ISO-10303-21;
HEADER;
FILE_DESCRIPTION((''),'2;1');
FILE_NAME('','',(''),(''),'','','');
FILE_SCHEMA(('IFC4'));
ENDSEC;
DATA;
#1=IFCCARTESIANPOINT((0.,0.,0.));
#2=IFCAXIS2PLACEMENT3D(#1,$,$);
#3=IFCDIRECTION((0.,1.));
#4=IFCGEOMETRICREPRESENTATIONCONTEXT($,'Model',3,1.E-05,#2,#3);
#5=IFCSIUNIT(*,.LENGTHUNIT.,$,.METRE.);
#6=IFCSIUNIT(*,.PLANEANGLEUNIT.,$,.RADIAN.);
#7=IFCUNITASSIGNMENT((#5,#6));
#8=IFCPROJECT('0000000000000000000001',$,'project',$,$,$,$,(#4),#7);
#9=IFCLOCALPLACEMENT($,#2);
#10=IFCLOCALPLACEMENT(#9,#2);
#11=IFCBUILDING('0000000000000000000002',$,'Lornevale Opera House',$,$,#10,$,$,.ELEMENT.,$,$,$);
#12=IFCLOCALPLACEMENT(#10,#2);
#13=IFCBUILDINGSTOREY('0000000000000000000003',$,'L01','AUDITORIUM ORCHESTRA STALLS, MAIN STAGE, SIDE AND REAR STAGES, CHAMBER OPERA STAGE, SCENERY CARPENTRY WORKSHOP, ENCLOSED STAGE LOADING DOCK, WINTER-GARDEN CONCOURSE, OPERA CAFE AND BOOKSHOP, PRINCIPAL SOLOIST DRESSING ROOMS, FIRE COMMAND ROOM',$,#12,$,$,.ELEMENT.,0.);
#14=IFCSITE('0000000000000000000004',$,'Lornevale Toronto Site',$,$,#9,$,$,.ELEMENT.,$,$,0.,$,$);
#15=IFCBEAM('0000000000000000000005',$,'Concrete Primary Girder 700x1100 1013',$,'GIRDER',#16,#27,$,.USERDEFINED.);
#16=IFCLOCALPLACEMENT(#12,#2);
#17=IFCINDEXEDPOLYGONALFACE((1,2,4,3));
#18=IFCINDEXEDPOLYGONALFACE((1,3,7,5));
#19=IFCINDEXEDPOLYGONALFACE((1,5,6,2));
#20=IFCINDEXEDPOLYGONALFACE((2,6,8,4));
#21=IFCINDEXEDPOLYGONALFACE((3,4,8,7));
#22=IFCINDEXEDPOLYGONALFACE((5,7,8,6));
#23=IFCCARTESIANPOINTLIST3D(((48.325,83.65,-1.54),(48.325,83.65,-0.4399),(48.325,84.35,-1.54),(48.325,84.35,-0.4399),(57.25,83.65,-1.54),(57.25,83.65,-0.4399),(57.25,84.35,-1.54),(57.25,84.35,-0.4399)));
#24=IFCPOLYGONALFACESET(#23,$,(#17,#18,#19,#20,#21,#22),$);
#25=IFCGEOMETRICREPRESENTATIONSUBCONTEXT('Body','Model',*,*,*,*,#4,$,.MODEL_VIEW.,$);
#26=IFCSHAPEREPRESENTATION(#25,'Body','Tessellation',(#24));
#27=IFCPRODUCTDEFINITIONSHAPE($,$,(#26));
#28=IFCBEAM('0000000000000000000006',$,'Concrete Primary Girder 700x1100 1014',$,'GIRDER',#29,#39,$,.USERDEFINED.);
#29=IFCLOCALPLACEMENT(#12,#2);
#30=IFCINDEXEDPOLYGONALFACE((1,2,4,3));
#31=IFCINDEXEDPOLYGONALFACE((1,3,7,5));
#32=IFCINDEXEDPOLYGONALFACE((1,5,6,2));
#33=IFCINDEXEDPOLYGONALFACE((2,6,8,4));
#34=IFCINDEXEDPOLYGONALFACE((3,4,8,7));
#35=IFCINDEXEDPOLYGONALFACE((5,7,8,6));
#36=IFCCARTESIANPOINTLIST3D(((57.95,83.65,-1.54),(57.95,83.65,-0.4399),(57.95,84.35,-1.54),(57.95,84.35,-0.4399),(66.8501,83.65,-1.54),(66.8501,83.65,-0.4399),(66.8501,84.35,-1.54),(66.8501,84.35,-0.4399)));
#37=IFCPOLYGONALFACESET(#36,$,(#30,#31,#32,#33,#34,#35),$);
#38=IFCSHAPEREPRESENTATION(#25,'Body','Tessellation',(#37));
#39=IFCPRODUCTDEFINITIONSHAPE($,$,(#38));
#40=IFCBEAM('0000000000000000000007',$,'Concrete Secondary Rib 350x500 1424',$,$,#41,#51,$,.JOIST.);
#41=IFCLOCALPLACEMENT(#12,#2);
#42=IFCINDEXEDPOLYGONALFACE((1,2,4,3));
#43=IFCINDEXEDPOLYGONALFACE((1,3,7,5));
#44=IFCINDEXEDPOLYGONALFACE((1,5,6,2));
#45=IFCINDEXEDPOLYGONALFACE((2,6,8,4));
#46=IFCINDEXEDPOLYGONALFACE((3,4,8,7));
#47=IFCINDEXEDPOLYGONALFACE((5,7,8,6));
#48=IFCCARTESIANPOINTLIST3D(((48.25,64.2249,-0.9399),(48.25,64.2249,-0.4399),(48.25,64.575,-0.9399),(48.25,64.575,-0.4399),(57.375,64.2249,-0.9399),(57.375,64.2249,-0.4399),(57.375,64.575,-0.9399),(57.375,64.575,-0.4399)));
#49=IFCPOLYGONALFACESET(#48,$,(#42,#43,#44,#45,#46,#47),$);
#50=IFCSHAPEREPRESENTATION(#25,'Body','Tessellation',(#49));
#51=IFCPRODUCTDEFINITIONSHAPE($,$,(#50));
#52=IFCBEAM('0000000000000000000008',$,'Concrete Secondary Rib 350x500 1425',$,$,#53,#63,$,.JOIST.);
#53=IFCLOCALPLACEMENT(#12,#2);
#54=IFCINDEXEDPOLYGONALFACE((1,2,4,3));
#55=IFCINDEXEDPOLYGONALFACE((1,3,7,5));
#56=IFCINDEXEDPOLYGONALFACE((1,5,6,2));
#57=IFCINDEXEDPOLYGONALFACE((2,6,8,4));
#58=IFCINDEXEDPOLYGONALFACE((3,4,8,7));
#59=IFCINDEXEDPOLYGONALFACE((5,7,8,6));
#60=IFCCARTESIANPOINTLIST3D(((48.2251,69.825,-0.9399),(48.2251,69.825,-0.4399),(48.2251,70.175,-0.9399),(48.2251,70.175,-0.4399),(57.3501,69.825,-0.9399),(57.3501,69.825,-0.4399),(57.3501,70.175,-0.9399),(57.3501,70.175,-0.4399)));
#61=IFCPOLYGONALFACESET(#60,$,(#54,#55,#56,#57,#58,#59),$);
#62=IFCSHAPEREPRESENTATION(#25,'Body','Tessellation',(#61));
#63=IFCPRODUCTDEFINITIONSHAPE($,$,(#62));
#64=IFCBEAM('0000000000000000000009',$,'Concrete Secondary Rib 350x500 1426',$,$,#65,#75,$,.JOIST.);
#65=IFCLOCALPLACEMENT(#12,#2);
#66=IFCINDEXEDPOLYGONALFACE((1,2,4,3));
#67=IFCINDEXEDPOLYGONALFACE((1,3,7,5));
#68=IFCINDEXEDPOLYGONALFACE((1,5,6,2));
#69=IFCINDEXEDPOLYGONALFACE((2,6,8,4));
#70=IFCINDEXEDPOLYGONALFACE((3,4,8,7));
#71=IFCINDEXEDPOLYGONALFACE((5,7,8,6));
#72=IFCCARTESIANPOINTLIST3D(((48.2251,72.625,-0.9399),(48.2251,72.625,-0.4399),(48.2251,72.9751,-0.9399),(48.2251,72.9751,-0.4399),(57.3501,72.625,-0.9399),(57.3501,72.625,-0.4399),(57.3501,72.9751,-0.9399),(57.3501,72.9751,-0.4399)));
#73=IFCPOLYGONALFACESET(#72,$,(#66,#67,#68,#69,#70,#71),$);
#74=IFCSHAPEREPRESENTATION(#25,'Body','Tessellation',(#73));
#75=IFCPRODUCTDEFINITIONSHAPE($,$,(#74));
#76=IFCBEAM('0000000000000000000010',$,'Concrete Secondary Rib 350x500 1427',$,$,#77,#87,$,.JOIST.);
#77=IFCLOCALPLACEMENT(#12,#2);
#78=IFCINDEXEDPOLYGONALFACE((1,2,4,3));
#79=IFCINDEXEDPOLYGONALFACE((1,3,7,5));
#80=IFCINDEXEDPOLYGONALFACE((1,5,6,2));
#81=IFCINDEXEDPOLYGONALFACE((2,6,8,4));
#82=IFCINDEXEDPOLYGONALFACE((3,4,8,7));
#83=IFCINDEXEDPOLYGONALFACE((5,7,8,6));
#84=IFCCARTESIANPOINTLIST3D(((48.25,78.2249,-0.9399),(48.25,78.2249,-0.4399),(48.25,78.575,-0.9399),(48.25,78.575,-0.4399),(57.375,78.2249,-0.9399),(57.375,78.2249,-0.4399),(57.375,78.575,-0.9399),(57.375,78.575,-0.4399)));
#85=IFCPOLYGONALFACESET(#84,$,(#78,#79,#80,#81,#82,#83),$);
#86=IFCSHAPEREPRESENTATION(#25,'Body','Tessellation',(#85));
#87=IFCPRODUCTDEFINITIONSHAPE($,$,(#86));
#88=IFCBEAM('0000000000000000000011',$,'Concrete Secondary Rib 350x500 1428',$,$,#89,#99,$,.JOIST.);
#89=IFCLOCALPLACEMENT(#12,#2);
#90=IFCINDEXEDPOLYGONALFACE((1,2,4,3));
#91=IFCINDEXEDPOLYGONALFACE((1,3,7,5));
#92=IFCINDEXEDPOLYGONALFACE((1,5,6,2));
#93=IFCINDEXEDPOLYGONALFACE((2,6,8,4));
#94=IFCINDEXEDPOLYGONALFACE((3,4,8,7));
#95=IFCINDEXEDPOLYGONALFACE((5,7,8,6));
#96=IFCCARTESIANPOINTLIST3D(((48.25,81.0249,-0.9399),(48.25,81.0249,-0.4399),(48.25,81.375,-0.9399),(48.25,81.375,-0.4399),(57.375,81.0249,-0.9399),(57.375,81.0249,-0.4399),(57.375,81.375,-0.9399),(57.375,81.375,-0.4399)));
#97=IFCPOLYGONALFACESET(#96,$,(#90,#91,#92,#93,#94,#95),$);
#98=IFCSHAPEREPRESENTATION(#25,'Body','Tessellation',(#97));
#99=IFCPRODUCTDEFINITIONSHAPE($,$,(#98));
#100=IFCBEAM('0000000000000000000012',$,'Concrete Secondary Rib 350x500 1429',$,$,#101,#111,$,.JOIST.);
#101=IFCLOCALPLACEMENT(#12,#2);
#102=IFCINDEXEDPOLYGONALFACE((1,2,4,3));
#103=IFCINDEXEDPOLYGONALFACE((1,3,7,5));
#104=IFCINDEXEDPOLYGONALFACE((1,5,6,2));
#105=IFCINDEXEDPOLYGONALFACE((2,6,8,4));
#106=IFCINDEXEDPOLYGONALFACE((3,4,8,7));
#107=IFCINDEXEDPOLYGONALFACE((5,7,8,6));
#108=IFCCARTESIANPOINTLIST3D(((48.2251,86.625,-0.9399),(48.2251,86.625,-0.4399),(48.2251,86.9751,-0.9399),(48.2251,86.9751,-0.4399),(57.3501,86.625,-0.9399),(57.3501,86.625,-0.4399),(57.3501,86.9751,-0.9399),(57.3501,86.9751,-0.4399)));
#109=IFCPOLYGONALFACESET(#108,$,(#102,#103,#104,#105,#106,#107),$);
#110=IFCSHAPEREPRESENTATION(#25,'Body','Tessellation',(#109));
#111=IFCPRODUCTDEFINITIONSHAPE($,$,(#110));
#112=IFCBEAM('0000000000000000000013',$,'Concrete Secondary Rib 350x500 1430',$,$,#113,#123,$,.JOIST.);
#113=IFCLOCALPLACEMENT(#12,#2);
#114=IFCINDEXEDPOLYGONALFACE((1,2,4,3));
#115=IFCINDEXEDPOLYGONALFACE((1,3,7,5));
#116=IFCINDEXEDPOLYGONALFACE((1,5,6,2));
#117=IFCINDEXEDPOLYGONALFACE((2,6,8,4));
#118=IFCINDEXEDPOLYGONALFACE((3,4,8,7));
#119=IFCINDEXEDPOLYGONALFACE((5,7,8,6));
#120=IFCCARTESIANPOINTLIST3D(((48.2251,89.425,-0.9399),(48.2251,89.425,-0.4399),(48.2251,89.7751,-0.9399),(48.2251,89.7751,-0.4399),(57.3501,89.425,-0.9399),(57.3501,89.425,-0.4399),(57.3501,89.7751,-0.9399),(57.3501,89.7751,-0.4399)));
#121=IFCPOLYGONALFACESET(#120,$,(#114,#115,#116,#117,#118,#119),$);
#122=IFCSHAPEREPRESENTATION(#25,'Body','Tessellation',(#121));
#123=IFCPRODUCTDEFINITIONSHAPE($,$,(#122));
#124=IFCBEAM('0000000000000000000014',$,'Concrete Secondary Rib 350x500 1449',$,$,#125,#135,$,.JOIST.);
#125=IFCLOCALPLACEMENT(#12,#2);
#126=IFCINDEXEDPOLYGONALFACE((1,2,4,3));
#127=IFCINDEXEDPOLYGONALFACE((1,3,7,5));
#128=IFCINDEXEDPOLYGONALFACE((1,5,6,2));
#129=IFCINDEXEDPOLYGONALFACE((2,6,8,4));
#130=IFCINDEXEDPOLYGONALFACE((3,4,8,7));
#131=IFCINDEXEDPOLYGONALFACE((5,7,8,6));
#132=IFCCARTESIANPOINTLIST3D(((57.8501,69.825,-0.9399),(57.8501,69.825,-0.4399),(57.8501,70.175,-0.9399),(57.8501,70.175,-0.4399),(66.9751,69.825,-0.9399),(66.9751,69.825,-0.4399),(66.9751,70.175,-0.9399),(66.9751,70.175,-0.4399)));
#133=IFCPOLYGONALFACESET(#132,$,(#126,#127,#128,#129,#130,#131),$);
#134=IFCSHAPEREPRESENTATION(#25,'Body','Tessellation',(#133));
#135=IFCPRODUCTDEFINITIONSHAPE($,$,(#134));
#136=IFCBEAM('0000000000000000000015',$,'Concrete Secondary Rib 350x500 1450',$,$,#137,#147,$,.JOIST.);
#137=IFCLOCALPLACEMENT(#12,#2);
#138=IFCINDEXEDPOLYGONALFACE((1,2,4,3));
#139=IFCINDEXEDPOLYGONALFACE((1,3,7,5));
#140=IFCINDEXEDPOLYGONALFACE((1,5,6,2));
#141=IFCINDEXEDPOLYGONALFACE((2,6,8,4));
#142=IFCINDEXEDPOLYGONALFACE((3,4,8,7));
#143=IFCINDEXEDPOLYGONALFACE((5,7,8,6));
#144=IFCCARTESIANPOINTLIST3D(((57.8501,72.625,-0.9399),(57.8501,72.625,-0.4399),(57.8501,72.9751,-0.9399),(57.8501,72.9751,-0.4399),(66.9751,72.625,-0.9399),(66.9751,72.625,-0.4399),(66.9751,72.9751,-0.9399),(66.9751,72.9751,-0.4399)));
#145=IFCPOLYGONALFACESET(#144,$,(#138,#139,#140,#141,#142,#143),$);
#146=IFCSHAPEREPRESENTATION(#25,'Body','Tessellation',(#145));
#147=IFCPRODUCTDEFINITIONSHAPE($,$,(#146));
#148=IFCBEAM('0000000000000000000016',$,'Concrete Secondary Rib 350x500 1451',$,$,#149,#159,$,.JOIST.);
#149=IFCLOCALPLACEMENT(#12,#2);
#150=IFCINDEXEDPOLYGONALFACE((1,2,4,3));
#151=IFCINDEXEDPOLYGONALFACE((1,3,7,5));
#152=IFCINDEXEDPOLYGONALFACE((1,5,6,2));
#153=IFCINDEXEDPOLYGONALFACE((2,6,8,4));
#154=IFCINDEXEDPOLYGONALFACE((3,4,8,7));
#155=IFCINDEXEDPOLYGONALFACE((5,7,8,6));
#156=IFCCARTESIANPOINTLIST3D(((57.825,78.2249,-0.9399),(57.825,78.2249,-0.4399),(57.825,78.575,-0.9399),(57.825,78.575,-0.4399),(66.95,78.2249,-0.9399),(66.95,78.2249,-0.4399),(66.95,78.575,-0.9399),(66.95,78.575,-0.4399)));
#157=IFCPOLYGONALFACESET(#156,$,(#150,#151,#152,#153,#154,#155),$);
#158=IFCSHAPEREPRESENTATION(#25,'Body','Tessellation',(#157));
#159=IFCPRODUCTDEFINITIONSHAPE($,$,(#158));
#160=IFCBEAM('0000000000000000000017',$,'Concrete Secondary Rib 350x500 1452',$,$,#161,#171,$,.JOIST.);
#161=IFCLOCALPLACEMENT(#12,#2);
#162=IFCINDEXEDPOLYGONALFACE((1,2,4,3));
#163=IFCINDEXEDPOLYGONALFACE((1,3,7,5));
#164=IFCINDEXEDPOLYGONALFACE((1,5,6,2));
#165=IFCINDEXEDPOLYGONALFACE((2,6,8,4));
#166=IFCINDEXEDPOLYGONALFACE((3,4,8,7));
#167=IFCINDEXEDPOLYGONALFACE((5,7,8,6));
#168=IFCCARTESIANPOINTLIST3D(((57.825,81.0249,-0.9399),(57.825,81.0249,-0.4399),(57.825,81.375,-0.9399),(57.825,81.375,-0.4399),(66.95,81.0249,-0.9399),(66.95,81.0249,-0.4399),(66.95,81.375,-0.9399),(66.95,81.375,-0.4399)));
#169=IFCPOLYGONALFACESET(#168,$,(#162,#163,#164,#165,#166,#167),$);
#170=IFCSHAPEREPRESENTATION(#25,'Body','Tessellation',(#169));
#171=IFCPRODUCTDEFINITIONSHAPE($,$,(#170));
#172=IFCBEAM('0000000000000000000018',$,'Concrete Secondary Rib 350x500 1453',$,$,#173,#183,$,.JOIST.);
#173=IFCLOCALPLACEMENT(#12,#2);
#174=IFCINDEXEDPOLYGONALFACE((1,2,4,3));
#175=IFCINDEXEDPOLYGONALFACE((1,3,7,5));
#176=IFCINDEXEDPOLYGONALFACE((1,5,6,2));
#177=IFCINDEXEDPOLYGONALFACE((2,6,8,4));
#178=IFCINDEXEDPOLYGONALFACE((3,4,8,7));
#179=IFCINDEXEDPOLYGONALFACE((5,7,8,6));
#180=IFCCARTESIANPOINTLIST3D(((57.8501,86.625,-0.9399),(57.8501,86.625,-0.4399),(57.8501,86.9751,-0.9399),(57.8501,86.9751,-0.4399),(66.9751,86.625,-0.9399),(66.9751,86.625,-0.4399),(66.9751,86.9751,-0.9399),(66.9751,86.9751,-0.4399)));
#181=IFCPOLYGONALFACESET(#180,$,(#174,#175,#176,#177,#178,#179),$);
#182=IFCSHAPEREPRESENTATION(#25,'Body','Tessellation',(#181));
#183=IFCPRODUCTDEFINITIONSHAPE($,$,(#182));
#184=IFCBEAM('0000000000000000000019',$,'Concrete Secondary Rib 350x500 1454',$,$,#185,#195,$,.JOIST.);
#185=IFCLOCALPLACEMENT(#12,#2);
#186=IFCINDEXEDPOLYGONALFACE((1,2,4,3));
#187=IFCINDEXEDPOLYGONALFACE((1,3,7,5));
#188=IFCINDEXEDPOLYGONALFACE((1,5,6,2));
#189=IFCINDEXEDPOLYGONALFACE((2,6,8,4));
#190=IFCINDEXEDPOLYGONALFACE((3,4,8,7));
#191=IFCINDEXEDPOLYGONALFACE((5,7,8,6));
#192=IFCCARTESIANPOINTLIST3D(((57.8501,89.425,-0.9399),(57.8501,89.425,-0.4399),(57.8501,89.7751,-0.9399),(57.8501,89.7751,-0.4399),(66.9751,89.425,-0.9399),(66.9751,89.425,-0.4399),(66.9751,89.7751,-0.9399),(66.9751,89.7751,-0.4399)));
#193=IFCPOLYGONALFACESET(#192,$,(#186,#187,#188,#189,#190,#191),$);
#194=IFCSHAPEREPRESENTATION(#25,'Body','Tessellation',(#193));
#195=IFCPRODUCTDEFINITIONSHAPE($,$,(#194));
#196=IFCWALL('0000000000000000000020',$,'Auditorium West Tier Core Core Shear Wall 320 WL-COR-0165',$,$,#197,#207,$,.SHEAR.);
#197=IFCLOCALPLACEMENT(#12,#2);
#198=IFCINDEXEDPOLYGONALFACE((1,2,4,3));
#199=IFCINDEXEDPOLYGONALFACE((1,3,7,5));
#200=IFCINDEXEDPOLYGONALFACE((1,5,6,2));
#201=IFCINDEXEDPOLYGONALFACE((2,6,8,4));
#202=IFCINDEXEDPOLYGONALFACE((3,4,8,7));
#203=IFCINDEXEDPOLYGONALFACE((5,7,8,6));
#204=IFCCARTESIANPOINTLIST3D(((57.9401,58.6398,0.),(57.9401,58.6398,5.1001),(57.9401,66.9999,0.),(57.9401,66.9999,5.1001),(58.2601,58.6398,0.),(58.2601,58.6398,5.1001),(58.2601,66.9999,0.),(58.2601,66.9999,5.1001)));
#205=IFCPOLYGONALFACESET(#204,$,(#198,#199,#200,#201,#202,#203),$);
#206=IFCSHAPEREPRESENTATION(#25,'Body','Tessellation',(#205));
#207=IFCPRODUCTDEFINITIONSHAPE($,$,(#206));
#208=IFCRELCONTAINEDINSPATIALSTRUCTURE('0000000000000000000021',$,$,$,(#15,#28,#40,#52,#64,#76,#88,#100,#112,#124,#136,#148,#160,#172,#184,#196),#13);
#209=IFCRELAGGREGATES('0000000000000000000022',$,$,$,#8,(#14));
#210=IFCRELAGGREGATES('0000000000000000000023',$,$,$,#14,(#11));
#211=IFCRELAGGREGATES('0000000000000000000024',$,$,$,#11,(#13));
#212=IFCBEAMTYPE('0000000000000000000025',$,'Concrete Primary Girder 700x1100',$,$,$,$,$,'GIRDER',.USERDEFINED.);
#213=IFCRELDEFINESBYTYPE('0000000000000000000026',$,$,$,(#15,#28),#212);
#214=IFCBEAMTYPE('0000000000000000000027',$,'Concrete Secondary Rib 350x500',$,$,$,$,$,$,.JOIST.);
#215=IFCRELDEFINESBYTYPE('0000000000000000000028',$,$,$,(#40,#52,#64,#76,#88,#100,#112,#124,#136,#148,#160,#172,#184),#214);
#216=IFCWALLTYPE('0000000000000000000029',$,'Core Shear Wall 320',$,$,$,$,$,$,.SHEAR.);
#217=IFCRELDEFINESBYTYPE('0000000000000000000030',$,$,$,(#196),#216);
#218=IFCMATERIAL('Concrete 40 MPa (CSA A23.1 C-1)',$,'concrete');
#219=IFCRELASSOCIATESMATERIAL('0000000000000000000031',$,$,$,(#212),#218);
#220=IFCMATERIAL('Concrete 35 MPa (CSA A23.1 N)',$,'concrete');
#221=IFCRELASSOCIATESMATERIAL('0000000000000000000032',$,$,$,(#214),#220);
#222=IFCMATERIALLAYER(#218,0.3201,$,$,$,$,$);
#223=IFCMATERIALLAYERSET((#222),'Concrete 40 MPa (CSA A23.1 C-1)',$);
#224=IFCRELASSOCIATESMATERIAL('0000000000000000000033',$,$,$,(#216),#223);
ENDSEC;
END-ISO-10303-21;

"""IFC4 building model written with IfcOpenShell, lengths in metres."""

from ifc_helpers import new_model, si_unit, direction, frame, frame_2d, origin, origin_2d, place, context, subcontext, project, spatial, rectangle, extrude, material, layer, layer_set, material_profile, profile_set, type_object, element, save


model = new_model("IFC4")

# Units and contexts
model_context = context("Model", 3, precision=1e-05, world=origin(), true_north=direction((0.0, 1.0)))
body_context = subcontext(model_context, "Body", "Model", "MODEL_VIEW")
ifc_project = project(units=[si_unit("LENGTHUNIT", "METRE"), si_unit("PLANEANGLEUNIT", "RADIAN")], contexts=[model_context])

# Site, building, storey
site_placement = place(None, origin())
site = spatial("IfcSite", under=ifc_project, at=site_placement, Name="Lornevale Toronto Site", CompositionType="ELEMENT", RefElevation=0.0)
building_placement = place(site_placement, origin())
building = spatial("IfcBuilding", under=site, at=building_placement, Name="Lornevale Opera House", CompositionType="ELEMENT")
storey_placement = place(building_placement, origin())
storey = spatial("IfcBuildingStorey", under=building, at=storey_placement, Name="L01", Description="AUDITORIUM ORCHESTRA STALLS, MAIN STAGE, SIDE AND REAR STAGES, CHAMBER OPERA STAGE, SCENERY CARPENTRY WORKSHOP, ENCLOSED STAGE LOADING DOCK, WINTER-GARDEN CONCOURSE, OPERA CAFE AND BOOKSHOP, PRINCIPAL SOLOIST DRESSING ROOMS, FIRE COMMAND ROOM", CompositionType="ELEMENT", Elevation=0.0)

# Shared definitions
ifc_material_1 = material(Name="Concrete 40 MPa (CSA A23.1 C-1)", Category="concrete")

# Beams
ifc_material_2 = material(Name="Concrete 35 MPa (CSA A23.1 N)", Category="concrete")
ifc_material_profile_1 = material_profile(ifc_material_1, rectangle(XDim=0.7, YDim=1.1001, at=origin_2d()), Name="RC700x1100")
ifc_profile_set_1 = profile_set([ifc_material_profile_1], Name="Concrete 40 MPa (CSA A23.1 C-1)")
beam_type_1 = type_object("IfcBeamType", Name="Concrete Primary Girder 700x1100", ElementType="GIRDER", PredefinedType="USERDEFINED", material=ifc_profile_set_1)
for number, where, z_axis, x_axis, name in (
    (1, (48.325, 84.0, -0.99), (1.0, 0.0, 0.0), (0.0, 1.0, 0.0), "Concrete Primary Girder 700x1100 1013"),
):
    element("IfcBeam", number, at=place(storey_placement, frame(where, z_axis=z_axis, x_axis=x_axis)), inside=storey, type_object=beam_type_1, Name=name, ObjectType="GIRDER", PredefinedType="USERDEFINED", context=body_context, shape_type="SweptSolid", body=[
        extrude(rectangle(XDim=0.7, YDim=1.1001, at=origin_2d()), origin(), (0.0, 0.0, 1.0), 8.925),
    ])
beam_1_placement = place(storey_placement, frame((57.95, 84.0, -0.99), z_axis=(1.0, 0.0, 0.0), x_axis=(0.0, 1.0, 0.0)))
element("IfcBeam", 2, at=beam_1_placement, inside=storey, type_object=beam_type_1, Name="Concrete Primary Girder 700x1100 1014", ObjectType="GIRDER", PredefinedType="USERDEFINED", context=body_context, shape_type="SweptSolid", body=[
    extrude(rectangle(XDim=0.7, YDim=1.1001, at=origin_2d()), origin(), (0.0, 0.0, 1.0), 8.9001),
])
ifc_material_profile_2 = material_profile(ifc_material_2, rectangle(XDim=0.3501, YDim=0.5, at=origin_2d()), Name="RC350x500")
ifc_profile_set_2 = profile_set([ifc_material_profile_2], Name="Concrete 35 MPa (CSA A23.1 N)")
beam_type_2 = type_object("IfcBeamType", Name="Concrete Secondary Rib 350x500", PredefinedType="JOIST", material=ifc_profile_set_2)
for number, where, z_axis, x_axis, name in (
    (3, (48.25, 64.3999, -0.6899), (1.0, 0.0, 0.0), (0.0, 1.0, 0.0), "Concrete Secondary Rib 350x500 1424"),
    (4, (48.2251, 70.0, -0.6899), (1.0, 0.0, 0.0), (0.0, 1.0, 0.0), "Concrete Secondary Rib 350x500 1425"),
    (5, (48.2251, 72.8, -0.6899), (1.0, 0.0, 0.0), (0.0, 1.0, 0.0), "Concrete Secondary Rib 350x500 1426"),
    (6, (48.25, 78.3999, -0.6899), (1.0, 0.0, 0.0), (0.0, 1.0, 0.0), "Concrete Secondary Rib 350x500 1427"),
    (7, (48.25, 81.2, -0.6899), (1.0, 0.0, 0.0), (0.0, 1.0, 0.0), "Concrete Secondary Rib 350x500 1428"),
    (8, (48.2251, 86.8, -0.6899), (1.0, 0.0, 0.0), (0.0, 1.0, 0.0), "Concrete Secondary Rib 350x500 1429"),
    (9, (48.2251, 89.6001, -0.6899), (1.0, 0.0, 0.0), (0.0, 1.0, 0.0), "Concrete Secondary Rib 350x500 1430"),
    (10, (57.8501, 70.0, -0.6899), (1.0, 0.0, 0.0), (0.0, 1.0, 0.0), "Concrete Secondary Rib 350x500 1449"),
    (11, (57.8501, 72.8, -0.6899), (1.0, 0.0, 0.0), (0.0, 1.0, 0.0), "Concrete Secondary Rib 350x500 1450"),
    (12, (57.825, 78.3999, -0.6899), (1.0, 0.0, 0.0), (0.0, 1.0, 0.0), "Concrete Secondary Rib 350x500 1451"),
    (13, (57.825, 81.2, -0.6899), (1.0, 0.0, 0.0), (0.0, 1.0, 0.0), "Concrete Secondary Rib 350x500 1452"),
    (14, (57.8501, 86.8, -0.6899), (1.0, 0.0, 0.0), (0.0, 1.0, 0.0), "Concrete Secondary Rib 350x500 1453"),
    (15, (57.8501, 89.6001, -0.6899), (1.0, 0.0, 0.0), (0.0, 1.0, 0.0), "Concrete Secondary Rib 350x500 1454"),
):
    element("IfcBeam", number, at=place(storey_placement, frame(where, z_axis=z_axis, x_axis=x_axis)), inside=storey, type_object=beam_type_2, Name=name, PredefinedType="JOIST", context=body_context, shape_type="SweptSolid", body=[
        extrude(rectangle(XDim=0.3501, YDim=0.5, at=origin_2d()), origin(), (0.0, 0.0, 1.0), 9.125),
    ])

# Wall
ifc_layer_1 = layer(ifc_material_1, 0.3201)
ifc_layer_set_1 = layer_set([ifc_layer_1], Name="Concrete 40 MPa (CSA A23.1 C-1)")
wall_type = type_object("IfcWallType", Name="Core Shear Wall 320", PredefinedType="SHEAR", material=ifc_layer_set_1)
wall_placement = place(storey_placement, frame((58.1001, 67.0, 0.0), z_axis=(0.0, 0.0, 1.0), x_axis=(0.0, -1.0, 0.0)))
element("IfcWall", 16, at=wall_placement, inside=storey, type_object=wall_type, Name="Auditorium West Tier Core Core Shear Wall 320 WL-COR-0165", PredefinedType="SHEAR", context=body_context, shape_type="SweptSolid", body=[
    extrude(rectangle(XDim=8.3601, YDim=0.3201, at=frame_2d((4.1802, 0.0))), origin(), (0.0, 0.0, 1.0), 5.1001),
])

save(model, "model.ifc")
